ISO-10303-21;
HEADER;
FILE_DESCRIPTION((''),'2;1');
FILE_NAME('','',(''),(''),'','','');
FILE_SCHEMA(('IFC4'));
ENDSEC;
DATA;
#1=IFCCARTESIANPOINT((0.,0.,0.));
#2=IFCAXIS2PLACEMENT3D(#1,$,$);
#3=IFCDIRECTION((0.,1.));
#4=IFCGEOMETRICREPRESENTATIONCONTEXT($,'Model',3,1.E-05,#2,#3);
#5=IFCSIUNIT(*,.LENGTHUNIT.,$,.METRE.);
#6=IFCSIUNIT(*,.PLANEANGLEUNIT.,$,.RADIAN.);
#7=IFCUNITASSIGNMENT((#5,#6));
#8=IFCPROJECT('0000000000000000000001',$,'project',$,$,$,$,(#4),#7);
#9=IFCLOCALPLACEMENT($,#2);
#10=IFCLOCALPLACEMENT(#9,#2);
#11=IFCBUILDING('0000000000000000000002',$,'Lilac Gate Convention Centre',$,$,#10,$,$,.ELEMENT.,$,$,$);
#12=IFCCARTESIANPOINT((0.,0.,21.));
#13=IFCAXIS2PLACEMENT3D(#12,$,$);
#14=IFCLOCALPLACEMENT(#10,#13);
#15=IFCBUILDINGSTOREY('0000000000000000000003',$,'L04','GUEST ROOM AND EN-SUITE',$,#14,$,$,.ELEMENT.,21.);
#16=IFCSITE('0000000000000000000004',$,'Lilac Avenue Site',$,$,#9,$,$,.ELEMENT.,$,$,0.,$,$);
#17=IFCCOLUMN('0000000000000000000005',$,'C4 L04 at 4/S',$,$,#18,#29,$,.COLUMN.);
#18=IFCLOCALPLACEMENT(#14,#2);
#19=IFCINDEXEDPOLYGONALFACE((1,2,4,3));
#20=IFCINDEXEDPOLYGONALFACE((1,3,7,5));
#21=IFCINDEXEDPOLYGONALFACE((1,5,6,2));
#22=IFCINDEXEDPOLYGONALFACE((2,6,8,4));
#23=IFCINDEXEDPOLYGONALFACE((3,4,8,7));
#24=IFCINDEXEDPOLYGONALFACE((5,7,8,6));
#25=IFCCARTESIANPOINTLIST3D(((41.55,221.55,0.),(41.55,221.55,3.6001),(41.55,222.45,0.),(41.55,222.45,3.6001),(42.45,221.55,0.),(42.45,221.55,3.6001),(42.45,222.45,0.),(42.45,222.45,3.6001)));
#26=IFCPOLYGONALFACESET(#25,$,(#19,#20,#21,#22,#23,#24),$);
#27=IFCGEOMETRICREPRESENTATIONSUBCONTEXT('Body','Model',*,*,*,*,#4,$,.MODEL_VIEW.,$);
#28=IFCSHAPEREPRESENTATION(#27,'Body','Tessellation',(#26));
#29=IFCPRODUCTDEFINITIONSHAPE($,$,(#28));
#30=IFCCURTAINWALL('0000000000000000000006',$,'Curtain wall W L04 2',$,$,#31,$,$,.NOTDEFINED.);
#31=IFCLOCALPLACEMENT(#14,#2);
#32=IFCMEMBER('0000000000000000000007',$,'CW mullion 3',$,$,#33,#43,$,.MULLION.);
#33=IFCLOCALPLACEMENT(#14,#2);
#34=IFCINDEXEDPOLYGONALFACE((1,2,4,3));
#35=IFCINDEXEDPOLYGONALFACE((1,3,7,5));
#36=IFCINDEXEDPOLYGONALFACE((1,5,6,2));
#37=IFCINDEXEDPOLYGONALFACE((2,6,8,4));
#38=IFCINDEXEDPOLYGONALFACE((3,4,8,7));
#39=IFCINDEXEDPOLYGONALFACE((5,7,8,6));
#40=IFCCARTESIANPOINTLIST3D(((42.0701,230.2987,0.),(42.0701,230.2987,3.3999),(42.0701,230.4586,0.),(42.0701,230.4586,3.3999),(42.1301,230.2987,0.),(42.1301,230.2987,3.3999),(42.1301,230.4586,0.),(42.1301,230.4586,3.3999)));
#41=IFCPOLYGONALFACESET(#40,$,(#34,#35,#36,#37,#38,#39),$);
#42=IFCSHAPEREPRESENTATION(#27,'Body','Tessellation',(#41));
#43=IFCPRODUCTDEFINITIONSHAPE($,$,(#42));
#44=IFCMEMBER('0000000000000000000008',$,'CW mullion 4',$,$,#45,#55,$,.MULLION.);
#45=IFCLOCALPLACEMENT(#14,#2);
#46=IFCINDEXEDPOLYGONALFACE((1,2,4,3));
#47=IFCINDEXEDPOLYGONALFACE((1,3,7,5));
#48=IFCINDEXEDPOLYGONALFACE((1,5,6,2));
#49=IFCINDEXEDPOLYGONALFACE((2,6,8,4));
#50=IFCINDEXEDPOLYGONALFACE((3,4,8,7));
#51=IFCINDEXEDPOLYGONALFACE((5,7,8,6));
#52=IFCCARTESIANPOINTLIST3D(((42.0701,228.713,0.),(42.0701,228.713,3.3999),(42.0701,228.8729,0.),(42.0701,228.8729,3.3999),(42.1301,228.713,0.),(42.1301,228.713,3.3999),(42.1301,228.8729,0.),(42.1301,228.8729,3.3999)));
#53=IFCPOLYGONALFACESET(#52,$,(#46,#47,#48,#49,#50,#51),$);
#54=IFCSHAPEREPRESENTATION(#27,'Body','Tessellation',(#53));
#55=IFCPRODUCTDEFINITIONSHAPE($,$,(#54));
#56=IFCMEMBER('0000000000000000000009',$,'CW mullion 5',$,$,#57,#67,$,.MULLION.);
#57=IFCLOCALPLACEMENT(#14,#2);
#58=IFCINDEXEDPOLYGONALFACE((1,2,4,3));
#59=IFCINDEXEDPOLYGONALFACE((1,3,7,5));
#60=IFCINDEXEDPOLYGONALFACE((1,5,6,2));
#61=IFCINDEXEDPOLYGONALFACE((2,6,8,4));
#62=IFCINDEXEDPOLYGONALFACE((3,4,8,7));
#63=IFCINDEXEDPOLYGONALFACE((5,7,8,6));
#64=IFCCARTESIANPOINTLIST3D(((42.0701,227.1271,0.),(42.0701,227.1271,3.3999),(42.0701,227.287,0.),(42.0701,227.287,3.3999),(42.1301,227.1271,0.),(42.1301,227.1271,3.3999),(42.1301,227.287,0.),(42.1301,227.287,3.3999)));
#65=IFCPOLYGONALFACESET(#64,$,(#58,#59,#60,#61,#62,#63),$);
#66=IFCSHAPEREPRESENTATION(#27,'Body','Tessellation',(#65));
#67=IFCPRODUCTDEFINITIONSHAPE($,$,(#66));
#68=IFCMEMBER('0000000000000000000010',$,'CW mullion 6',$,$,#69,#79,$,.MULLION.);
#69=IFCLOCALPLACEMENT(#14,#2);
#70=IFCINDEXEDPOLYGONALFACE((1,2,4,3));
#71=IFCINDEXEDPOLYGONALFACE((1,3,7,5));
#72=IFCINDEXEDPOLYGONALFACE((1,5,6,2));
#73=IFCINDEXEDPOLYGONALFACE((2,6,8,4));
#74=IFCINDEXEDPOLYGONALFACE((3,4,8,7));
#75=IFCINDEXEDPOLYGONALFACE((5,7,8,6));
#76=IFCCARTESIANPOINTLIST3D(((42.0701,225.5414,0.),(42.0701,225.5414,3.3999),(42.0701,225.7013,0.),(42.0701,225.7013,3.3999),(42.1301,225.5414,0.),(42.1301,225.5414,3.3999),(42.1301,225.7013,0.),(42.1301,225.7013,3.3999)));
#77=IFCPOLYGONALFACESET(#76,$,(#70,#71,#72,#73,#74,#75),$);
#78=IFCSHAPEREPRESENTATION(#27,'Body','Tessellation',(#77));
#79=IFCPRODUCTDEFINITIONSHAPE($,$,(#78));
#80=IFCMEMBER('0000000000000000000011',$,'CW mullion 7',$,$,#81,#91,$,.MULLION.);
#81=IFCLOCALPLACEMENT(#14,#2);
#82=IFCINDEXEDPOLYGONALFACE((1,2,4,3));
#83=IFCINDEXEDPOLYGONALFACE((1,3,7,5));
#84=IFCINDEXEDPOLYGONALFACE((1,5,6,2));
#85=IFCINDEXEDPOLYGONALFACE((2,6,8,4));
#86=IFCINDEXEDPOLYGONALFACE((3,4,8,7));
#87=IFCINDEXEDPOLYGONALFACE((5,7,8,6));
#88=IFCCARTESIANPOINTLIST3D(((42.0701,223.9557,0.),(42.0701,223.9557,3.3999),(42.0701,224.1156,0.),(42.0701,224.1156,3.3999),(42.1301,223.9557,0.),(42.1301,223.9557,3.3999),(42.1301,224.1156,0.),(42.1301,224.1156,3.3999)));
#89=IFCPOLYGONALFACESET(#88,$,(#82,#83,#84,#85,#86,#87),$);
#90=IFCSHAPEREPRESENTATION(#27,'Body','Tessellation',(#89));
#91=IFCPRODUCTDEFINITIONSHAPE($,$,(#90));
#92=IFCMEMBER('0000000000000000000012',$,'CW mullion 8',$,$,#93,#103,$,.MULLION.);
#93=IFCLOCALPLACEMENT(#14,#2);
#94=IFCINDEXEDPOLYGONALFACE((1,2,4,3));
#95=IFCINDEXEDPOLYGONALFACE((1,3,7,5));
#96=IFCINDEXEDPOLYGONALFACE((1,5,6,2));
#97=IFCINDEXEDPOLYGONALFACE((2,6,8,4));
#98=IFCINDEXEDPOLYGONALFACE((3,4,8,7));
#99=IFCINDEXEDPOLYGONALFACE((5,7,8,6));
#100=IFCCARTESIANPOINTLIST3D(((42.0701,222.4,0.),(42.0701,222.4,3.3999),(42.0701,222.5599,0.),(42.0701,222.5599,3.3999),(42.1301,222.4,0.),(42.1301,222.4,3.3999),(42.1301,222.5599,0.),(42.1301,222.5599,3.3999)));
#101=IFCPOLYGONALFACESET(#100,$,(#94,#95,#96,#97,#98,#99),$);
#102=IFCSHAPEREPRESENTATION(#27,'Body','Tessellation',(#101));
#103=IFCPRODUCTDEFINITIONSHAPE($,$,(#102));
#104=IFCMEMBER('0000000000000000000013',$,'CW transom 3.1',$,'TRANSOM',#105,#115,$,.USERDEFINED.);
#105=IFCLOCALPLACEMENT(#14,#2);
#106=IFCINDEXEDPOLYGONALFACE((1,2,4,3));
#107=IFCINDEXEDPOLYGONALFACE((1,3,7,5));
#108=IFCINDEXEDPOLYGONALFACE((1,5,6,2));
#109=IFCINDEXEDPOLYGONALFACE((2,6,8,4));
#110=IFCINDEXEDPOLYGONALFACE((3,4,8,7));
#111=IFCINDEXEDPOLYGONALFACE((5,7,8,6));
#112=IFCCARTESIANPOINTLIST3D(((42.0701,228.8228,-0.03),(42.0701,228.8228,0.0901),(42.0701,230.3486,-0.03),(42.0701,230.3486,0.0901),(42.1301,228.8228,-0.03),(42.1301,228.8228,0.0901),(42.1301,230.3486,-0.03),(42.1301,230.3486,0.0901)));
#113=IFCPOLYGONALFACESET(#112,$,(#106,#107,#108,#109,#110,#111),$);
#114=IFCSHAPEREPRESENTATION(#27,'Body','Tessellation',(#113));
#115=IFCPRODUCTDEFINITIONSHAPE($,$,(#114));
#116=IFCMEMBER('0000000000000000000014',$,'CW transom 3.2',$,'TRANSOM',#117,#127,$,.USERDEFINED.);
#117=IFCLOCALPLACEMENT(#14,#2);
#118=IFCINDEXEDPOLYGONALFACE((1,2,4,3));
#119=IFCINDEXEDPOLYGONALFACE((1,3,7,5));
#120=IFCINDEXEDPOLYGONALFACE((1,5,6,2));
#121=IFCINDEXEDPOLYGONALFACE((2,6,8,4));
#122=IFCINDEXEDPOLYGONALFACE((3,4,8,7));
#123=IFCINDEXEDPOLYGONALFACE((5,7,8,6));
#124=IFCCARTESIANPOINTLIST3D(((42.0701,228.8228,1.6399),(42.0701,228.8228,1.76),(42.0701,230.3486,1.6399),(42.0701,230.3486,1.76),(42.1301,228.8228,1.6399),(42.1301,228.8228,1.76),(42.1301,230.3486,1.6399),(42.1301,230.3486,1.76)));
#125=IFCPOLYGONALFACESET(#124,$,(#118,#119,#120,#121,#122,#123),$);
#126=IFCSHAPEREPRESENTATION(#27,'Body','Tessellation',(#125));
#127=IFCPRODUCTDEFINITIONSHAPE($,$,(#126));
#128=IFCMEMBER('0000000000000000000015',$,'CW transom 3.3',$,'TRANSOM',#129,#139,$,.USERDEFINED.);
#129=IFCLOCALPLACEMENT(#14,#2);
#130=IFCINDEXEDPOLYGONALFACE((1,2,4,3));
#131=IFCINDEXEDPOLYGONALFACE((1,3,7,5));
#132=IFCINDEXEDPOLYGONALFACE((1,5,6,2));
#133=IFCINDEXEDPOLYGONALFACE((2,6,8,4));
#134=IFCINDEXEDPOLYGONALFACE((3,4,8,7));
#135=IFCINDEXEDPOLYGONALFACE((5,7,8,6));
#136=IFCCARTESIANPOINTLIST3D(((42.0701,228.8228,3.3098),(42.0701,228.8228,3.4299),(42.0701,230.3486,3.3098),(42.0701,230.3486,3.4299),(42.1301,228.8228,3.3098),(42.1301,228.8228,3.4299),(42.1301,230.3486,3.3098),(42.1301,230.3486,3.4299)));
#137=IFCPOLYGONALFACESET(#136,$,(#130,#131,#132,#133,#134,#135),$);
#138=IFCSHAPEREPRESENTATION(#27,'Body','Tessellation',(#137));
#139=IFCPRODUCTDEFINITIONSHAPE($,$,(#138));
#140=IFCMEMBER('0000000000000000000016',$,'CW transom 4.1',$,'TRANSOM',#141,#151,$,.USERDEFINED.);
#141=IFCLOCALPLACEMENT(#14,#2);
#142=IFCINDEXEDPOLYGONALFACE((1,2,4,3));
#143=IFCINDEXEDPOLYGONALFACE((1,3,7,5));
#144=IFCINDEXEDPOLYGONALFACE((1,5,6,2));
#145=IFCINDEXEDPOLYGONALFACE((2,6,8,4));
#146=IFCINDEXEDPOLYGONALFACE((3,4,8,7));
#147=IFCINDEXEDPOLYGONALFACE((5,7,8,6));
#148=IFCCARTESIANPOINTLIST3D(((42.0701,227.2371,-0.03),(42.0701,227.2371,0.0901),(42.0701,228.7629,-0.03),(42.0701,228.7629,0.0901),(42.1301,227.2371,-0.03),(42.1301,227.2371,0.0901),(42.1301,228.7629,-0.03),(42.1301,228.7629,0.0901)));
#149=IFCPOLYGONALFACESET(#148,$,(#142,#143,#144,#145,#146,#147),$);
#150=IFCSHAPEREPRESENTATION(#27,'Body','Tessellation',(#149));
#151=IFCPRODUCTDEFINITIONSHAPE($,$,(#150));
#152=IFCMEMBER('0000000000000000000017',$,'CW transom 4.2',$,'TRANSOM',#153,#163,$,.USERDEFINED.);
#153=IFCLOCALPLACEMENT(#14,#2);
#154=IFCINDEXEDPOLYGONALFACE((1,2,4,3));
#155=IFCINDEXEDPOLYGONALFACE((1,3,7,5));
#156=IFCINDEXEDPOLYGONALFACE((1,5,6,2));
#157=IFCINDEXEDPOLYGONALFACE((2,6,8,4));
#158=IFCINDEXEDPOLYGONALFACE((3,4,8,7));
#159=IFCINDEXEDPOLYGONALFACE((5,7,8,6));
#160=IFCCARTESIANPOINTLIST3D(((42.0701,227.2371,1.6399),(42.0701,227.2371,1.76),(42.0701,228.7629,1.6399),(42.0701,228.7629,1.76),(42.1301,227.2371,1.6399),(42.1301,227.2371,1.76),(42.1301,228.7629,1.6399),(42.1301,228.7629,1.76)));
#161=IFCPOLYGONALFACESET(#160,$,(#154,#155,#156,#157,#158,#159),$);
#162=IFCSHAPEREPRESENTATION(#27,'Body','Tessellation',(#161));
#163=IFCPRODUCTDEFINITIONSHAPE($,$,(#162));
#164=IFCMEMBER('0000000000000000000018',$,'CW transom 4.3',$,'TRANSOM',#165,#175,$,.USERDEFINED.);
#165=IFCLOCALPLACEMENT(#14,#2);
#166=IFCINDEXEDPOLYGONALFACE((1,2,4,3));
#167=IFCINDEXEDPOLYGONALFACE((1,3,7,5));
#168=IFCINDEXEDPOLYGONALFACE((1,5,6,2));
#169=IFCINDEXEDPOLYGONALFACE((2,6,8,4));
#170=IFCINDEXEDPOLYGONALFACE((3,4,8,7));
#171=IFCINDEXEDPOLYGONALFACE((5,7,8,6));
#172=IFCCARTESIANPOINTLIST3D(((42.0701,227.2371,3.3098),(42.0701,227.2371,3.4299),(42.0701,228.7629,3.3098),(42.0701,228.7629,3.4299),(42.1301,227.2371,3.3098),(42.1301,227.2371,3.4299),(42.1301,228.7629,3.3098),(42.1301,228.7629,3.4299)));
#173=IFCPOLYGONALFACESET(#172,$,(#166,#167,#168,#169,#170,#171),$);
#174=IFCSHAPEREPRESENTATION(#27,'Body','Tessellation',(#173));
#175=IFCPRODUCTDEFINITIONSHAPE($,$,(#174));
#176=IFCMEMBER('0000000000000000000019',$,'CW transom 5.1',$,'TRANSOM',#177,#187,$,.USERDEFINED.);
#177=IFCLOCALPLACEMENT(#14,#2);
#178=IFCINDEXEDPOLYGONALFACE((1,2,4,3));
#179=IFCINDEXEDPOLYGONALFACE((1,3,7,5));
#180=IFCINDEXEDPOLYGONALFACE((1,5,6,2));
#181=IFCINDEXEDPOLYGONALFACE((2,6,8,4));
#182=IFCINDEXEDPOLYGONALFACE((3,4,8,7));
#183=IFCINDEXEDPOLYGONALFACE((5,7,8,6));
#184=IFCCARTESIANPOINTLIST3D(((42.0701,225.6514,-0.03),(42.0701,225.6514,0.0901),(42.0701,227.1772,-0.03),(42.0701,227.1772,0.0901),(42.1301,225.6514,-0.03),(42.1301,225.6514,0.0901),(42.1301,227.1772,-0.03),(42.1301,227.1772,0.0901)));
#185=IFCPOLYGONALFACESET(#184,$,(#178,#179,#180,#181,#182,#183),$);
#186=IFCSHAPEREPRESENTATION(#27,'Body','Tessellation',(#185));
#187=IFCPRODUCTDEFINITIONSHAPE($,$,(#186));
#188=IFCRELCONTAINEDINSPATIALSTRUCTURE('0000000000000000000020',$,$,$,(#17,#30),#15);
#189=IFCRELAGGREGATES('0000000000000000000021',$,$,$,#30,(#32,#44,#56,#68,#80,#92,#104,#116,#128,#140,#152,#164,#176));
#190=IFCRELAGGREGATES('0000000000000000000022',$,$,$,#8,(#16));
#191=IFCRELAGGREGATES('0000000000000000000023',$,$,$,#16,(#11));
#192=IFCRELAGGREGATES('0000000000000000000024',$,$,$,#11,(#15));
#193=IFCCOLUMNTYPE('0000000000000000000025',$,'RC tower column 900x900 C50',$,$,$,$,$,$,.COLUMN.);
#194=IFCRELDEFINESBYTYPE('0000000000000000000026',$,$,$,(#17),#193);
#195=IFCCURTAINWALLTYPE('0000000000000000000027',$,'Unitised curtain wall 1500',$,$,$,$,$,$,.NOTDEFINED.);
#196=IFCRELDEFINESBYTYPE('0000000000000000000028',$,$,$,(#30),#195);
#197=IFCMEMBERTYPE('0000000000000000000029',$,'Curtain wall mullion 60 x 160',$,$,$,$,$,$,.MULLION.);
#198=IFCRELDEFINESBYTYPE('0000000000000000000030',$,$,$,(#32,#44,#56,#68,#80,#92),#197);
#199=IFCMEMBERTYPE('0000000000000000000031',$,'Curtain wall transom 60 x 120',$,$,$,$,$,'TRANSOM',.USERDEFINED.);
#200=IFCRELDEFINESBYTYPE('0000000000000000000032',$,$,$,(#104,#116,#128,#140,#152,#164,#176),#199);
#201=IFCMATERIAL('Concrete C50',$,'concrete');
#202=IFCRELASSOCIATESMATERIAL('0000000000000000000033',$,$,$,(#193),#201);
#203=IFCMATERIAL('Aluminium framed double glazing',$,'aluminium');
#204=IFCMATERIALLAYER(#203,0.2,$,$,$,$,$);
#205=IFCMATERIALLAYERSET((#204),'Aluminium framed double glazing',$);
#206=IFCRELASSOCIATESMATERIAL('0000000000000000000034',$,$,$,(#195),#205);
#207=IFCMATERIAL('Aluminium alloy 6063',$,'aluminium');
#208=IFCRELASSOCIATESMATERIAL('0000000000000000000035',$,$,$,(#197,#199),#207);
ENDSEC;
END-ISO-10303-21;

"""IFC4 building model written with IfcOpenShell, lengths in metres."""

from ifc_helpers import new_model, si_unit, direction, frame, origin, origin_2d, place, context, subcontext, project, spatial, rectangle, extrude, material, layer, layer_set, material_profile, profile_set, type_object, element, aggregate, save


model = new_model("IFC4")

# Units and contexts
model_context = context("Model", 3, precision=1e-05, world=origin(), true_north=direction((0.0, 1.0)))
body_context = subcontext(model_context, "Body", "Model", "MODEL_VIEW")
ifc_project = project(units=[si_unit("LENGTHUNIT", "METRE"), si_unit("PLANEANGLEUNIT", "RADIAN")], contexts=[model_context])

# Site, building, storey
site_placement = place(None, origin())
site = spatial("IfcSite", under=ifc_project, at=site_placement, Name="Lilac Avenue Site", CompositionType="ELEMENT", RefElevation=0.0)
building_placement = place(site_placement, origin())
building = spatial("IfcBuilding", under=site, at=building_placement, Name="Lilac Gate Convention Centre", CompositionType="ELEMENT")
storey_placement = place(building_placement, frame((0.0, 0.0, 21.0)))
storey = spatial("IfcBuildingStorey", under=building, at=storey_placement, Name="L04", Description="GUEST ROOM AND EN-SUITE", CompositionType="ELEMENT", Elevation=21.0)

# Column
ifc_material_1 = material(Name="Concrete C50", Category="concrete")
ifc_material_profile_1 = material_profile(ifc_material_1, rectangle(XDim=0.8999, YDim=0.8999, at=origin_2d()), Name="RC 900x900")
ifc_profile_set_1 = profile_set([ifc_material_profile_1], Name="Concrete C50")
column_type = type_object("IfcColumnType", Name="RC tower column 900x900 C50", PredefinedType="COLUMN", material=ifc_profile_set_1)
column_placement = place(storey_placement, frame((42.0, 222.0, 0.0), z_axis=(0.0, 0.0, 1.0), x_axis=(1.0, 0.0, 0.0)))
element("IfcColumn", 1, at=column_placement, inside=storey, type_object=column_type, Name="C4 L04 at 4/S", PredefinedType="COLUMN", context=body_context, shape_type="SweptSolid", body=[
    extrude(rectangle(XDim=0.8999, YDim=0.8999, at=origin_2d()), origin(), (0.0, 0.0, 1.0), 3.6001),
])

# Curtain wall, members
ifc_material_2 = material(Name="Aluminium framed double glazing", Category="aluminium")
ifc_layer_1 = layer(ifc_material_2, 0.2)
ifc_layer_set_1 = layer_set([ifc_layer_1], Name="Aluminium framed double glazing")
curtain_wall_type = type_object("IfcCurtainWallType", Name="Unitised curtain wall 1500", PredefinedType="NOTDEFINED", material=ifc_layer_set_1)
curtain_wall_placement = place(storey_placement, origin())
curtain_wall = element("IfcCurtainWall", 2, at=curtain_wall_placement, inside=storey, type_object=curtain_wall_type, Name="Curtain wall W L04 2", PredefinedType="NOTDEFINED")
ifc_material_3 = material(Name="Aluminium alloy 6063", Category="aluminium")
ifc_material_profile_2 = material_profile(ifc_material_3, rectangle(XDim=0.0601, YDim=0.1599, at=origin_2d()), Name="Curtain wall mullion 60 x 160")
ifc_profile_set_2 = profile_set([ifc_material_profile_2], Name="Aluminium alloy 6063")
member_type_1 = type_object("IfcMemberType", Name="Curtain wall mullion 60 x 160", PredefinedType="MULLION", material=ifc_profile_set_2)
member_1_placement = place(storey_placement, frame((42.1001, 230.3787, 0.0), z_axis=(0.0, 0.0, 1.0), x_axis=(1.0, 0.0, 0.0)))
member_1 = element("IfcMember", 3, at=member_1_placement, type_object=member_type_1, Name="CW mullion 3", PredefinedType="MULLION", context=body_context, shape_type="SweptSolid", body=[
    extrude(rectangle(XDim=0.0601, YDim=0.1599, at=origin_2d()), origin(), (0.0, 0.0, 1.0), 3.3999),
])
member_2_placement = place(storey_placement, frame((42.1001, 228.793, 0.0), z_axis=(0.0, 0.0, 1.0), x_axis=(1.0, 0.0, 0.0)))
member_2 = element("IfcMember", 4, at=member_2_placement, type_object=member_type_1, Name="CW mullion 4", PredefinedType="MULLION", context=body_context, shape_type="SweptSolid", body=[
    extrude(rectangle(XDim=0.0601, YDim=0.1599, at=origin_2d()), origin(), (0.0, 0.0, 1.0), 3.3999),
])
member_3_placement = place(storey_placement, frame((42.1001, 227.207, 0.0), z_axis=(0.0, 0.0, 1.0), x_axis=(1.0, 0.0, 0.0)))
member_3 = element("IfcMember", 5, at=member_3_placement, type_object=member_type_1, Name="CW mullion 5", PredefinedType="MULLION", context=body_context, shape_type="SweptSolid", body=[
    extrude(rectangle(XDim=0.0601, YDim=0.1599, at=origin_2d()), origin(), (0.0, 0.0, 1.0), 3.3999),
])
member_4_placement = place(storey_placement, frame((42.1001, 225.6213, 0.0), z_axis=(0.0, 0.0, 1.0), x_axis=(1.0, 0.0, 0.0)))
member_4 = element("IfcMember", 6, at=member_4_placement, type_object=member_type_1, Name="CW mullion 6", PredefinedType="MULLION", context=body_context, shape_type="SweptSolid", body=[
    extrude(rectangle(XDim=0.0601, YDim=0.1599, at=origin_2d()), origin(), (0.0, 0.0, 1.0), 3.3999),
])
member_5_placement = place(storey_placement, frame((42.1001, 224.0356, 0.0), z_axis=(0.0, 0.0, 1.0), x_axis=(1.0, 0.0, 0.0)))
member_5 = element("IfcMember", 7, at=member_5_placement, type_object=member_type_1, Name="CW mullion 7", PredefinedType="MULLION", context=body_context, shape_type="SweptSolid", body=[
    extrude(rectangle(XDim=0.0601, YDim=0.1599, at=origin_2d()), origin(), (0.0, 0.0, 1.0), 3.3999),
])
member_6_placement = place(storey_placement, frame((42.1001, 222.48, 0.0), z_axis=(0.0, 0.0, 1.0), x_axis=(1.0, 0.0, 0.0)))
member_6 = element("IfcMember", 8, at=member_6_placement, type_object=member_type_1, Name="CW mullion 8", PredefinedType="MULLION", context=body_context, shape_type="SweptSolid", body=[
    extrude(rectangle(XDim=0.0601, YDim=0.1599, at=origin_2d()), origin(), (0.0, 0.0, 1.0), 3.3999),
])
ifc_material_profile_3 = material_profile(ifc_material_3, rectangle(XDim=0.0601, YDim=0.1201, at=origin_2d()), Name="Curtain wall transom 60 x 120")
ifc_profile_set_3 = profile_set([ifc_material_profile_3], Name="Aluminium alloy 6063")
member_type_2 = type_object("IfcMemberType", Name="Curtain wall transom 60 x 120", ElementType="TRANSOM", PredefinedType="USERDEFINED", material=ifc_profile_set_3)
member_7_placement = place(storey_placement, frame((42.1001, 230.3486, 0.03), z_axis=(0.0, -1.0, 0.0), x_axis=(1.0, 0.0, 0.0)))
member_7 = element("IfcMember", 9, at=member_7_placement, type_object=member_type_2, Name="CW transom 3.1", ObjectType="TRANSOM", PredefinedType="USERDEFINED", context=body_context, shape_type="SweptSolid", body=[
    extrude(rectangle(XDim=0.0601, YDim=0.1201, at=origin_2d()), origin(), (0.0, 0.0, 1.0), 1.5259),
])
member_8_placement = place(storey_placement, frame((42.1001, 230.3486, 1.7), z_axis=(0.0, -1.0, 0.0), x_axis=(1.0, 0.0, 0.0)))
member_8 = element("IfcMember", 10, at=member_8_placement, type_object=member_type_2, Name="CW transom 3.2", ObjectType="TRANSOM", PredefinedType="USERDEFINED", context=body_context, shape_type="SweptSolid", body=[
    extrude(rectangle(XDim=0.0601, YDim=0.1201, at=origin_2d()), origin(), (0.0, 0.0, 1.0), 1.5259),
])
member_9_placement = place(storey_placement, frame((42.1001, 230.3486, 3.3699), z_axis=(0.0, -1.0, 0.0), x_axis=(1.0, 0.0, 0.0)))
member_9 = element("IfcMember", 11, at=member_9_placement, type_object=member_type_2, Name="CW transom 3.3", ObjectType="TRANSOM", PredefinedType="USERDEFINED", context=body_context, shape_type="SweptSolid", body=[
    extrude(rectangle(XDim=0.0601, YDim=0.1201, at=origin_2d()), origin(), (0.0, 0.0, 1.0), 1.5259),
])
member_10_placement = place(storey_placement, frame((42.1001, 228.7629, 0.03), z_axis=(0.0, -1.0, 0.0), x_axis=(1.0, 0.0, 0.0)))
member_10 = element("IfcMember", 12, at=member_10_placement, type_object=member_type_2, Name="CW transom 4.1", ObjectType="TRANSOM", PredefinedType="USERDEFINED", context=body_context, shape_type="SweptSolid", body=[
    extrude(rectangle(XDim=0.0601, YDim=0.1201, at=origin_2d()), origin(), (0.0, 0.0, 1.0), 1.5259),
])
member_11_placement = place(storey_placement, frame((42.1001, 228.7629, 1.7), z_axis=(0.0, -1.0, 0.0), x_axis=(1.0, 0.0, 0.0)))
member_11 = element("IfcMember", 13, at=member_11_placement, type_object=member_type_2, Name="CW transom 4.2", ObjectType="TRANSOM", PredefinedType="USERDEFINED", context=body_context, shape_type="SweptSolid", body=[
    extrude(rectangle(XDim=0.0601, YDim=0.1201, at=origin_2d()), origin(), (0.0, 0.0, 1.0), 1.5259),
])
member_12_placement = place(storey_placement, frame((42.1001, 228.7629, 3.3699), z_axis=(0.0, -1.0, 0.0), x_axis=(1.0, 0.0, 0.0)))
member_12 = element("IfcMember", 14, at=member_12_placement, type_object=member_type_2, Name="CW transom 4.3", ObjectType="TRANSOM", PredefinedType="USERDEFINED", context=body_context, shape_type="SweptSolid", body=[
    extrude(rectangle(XDim=0.0601, YDim=0.1201, at=origin_2d()), origin(), (0.0, 0.0, 1.0), 1.5259),
])
member_13_placement = place(storey_placement, frame((42.1001, 227.1772, 0.03), z_axis=(0.0, -1.0, 0.0), x_axis=(1.0, 0.0, 0.0)))
member_13 = element("IfcMember", 15, at=member_13_placement, type_object=member_type_2, Name="CW transom 5.1", ObjectType="TRANSOM", PredefinedType="USERDEFINED", context=body_context, shape_type="SweptSolid", body=[
    extrude(rectangle(XDim=0.0601, YDim=0.1201, at=origin_2d()), origin(), (0.0, 0.0, 1.0), 1.5259),
])

aggregate(curtain_wall, [member_1, member_2, member_3, member_4, member_5, member_6, member_7, member_8, member_9, member_10, member_11, member_12, member_13])

save(model, "model.ifc")
